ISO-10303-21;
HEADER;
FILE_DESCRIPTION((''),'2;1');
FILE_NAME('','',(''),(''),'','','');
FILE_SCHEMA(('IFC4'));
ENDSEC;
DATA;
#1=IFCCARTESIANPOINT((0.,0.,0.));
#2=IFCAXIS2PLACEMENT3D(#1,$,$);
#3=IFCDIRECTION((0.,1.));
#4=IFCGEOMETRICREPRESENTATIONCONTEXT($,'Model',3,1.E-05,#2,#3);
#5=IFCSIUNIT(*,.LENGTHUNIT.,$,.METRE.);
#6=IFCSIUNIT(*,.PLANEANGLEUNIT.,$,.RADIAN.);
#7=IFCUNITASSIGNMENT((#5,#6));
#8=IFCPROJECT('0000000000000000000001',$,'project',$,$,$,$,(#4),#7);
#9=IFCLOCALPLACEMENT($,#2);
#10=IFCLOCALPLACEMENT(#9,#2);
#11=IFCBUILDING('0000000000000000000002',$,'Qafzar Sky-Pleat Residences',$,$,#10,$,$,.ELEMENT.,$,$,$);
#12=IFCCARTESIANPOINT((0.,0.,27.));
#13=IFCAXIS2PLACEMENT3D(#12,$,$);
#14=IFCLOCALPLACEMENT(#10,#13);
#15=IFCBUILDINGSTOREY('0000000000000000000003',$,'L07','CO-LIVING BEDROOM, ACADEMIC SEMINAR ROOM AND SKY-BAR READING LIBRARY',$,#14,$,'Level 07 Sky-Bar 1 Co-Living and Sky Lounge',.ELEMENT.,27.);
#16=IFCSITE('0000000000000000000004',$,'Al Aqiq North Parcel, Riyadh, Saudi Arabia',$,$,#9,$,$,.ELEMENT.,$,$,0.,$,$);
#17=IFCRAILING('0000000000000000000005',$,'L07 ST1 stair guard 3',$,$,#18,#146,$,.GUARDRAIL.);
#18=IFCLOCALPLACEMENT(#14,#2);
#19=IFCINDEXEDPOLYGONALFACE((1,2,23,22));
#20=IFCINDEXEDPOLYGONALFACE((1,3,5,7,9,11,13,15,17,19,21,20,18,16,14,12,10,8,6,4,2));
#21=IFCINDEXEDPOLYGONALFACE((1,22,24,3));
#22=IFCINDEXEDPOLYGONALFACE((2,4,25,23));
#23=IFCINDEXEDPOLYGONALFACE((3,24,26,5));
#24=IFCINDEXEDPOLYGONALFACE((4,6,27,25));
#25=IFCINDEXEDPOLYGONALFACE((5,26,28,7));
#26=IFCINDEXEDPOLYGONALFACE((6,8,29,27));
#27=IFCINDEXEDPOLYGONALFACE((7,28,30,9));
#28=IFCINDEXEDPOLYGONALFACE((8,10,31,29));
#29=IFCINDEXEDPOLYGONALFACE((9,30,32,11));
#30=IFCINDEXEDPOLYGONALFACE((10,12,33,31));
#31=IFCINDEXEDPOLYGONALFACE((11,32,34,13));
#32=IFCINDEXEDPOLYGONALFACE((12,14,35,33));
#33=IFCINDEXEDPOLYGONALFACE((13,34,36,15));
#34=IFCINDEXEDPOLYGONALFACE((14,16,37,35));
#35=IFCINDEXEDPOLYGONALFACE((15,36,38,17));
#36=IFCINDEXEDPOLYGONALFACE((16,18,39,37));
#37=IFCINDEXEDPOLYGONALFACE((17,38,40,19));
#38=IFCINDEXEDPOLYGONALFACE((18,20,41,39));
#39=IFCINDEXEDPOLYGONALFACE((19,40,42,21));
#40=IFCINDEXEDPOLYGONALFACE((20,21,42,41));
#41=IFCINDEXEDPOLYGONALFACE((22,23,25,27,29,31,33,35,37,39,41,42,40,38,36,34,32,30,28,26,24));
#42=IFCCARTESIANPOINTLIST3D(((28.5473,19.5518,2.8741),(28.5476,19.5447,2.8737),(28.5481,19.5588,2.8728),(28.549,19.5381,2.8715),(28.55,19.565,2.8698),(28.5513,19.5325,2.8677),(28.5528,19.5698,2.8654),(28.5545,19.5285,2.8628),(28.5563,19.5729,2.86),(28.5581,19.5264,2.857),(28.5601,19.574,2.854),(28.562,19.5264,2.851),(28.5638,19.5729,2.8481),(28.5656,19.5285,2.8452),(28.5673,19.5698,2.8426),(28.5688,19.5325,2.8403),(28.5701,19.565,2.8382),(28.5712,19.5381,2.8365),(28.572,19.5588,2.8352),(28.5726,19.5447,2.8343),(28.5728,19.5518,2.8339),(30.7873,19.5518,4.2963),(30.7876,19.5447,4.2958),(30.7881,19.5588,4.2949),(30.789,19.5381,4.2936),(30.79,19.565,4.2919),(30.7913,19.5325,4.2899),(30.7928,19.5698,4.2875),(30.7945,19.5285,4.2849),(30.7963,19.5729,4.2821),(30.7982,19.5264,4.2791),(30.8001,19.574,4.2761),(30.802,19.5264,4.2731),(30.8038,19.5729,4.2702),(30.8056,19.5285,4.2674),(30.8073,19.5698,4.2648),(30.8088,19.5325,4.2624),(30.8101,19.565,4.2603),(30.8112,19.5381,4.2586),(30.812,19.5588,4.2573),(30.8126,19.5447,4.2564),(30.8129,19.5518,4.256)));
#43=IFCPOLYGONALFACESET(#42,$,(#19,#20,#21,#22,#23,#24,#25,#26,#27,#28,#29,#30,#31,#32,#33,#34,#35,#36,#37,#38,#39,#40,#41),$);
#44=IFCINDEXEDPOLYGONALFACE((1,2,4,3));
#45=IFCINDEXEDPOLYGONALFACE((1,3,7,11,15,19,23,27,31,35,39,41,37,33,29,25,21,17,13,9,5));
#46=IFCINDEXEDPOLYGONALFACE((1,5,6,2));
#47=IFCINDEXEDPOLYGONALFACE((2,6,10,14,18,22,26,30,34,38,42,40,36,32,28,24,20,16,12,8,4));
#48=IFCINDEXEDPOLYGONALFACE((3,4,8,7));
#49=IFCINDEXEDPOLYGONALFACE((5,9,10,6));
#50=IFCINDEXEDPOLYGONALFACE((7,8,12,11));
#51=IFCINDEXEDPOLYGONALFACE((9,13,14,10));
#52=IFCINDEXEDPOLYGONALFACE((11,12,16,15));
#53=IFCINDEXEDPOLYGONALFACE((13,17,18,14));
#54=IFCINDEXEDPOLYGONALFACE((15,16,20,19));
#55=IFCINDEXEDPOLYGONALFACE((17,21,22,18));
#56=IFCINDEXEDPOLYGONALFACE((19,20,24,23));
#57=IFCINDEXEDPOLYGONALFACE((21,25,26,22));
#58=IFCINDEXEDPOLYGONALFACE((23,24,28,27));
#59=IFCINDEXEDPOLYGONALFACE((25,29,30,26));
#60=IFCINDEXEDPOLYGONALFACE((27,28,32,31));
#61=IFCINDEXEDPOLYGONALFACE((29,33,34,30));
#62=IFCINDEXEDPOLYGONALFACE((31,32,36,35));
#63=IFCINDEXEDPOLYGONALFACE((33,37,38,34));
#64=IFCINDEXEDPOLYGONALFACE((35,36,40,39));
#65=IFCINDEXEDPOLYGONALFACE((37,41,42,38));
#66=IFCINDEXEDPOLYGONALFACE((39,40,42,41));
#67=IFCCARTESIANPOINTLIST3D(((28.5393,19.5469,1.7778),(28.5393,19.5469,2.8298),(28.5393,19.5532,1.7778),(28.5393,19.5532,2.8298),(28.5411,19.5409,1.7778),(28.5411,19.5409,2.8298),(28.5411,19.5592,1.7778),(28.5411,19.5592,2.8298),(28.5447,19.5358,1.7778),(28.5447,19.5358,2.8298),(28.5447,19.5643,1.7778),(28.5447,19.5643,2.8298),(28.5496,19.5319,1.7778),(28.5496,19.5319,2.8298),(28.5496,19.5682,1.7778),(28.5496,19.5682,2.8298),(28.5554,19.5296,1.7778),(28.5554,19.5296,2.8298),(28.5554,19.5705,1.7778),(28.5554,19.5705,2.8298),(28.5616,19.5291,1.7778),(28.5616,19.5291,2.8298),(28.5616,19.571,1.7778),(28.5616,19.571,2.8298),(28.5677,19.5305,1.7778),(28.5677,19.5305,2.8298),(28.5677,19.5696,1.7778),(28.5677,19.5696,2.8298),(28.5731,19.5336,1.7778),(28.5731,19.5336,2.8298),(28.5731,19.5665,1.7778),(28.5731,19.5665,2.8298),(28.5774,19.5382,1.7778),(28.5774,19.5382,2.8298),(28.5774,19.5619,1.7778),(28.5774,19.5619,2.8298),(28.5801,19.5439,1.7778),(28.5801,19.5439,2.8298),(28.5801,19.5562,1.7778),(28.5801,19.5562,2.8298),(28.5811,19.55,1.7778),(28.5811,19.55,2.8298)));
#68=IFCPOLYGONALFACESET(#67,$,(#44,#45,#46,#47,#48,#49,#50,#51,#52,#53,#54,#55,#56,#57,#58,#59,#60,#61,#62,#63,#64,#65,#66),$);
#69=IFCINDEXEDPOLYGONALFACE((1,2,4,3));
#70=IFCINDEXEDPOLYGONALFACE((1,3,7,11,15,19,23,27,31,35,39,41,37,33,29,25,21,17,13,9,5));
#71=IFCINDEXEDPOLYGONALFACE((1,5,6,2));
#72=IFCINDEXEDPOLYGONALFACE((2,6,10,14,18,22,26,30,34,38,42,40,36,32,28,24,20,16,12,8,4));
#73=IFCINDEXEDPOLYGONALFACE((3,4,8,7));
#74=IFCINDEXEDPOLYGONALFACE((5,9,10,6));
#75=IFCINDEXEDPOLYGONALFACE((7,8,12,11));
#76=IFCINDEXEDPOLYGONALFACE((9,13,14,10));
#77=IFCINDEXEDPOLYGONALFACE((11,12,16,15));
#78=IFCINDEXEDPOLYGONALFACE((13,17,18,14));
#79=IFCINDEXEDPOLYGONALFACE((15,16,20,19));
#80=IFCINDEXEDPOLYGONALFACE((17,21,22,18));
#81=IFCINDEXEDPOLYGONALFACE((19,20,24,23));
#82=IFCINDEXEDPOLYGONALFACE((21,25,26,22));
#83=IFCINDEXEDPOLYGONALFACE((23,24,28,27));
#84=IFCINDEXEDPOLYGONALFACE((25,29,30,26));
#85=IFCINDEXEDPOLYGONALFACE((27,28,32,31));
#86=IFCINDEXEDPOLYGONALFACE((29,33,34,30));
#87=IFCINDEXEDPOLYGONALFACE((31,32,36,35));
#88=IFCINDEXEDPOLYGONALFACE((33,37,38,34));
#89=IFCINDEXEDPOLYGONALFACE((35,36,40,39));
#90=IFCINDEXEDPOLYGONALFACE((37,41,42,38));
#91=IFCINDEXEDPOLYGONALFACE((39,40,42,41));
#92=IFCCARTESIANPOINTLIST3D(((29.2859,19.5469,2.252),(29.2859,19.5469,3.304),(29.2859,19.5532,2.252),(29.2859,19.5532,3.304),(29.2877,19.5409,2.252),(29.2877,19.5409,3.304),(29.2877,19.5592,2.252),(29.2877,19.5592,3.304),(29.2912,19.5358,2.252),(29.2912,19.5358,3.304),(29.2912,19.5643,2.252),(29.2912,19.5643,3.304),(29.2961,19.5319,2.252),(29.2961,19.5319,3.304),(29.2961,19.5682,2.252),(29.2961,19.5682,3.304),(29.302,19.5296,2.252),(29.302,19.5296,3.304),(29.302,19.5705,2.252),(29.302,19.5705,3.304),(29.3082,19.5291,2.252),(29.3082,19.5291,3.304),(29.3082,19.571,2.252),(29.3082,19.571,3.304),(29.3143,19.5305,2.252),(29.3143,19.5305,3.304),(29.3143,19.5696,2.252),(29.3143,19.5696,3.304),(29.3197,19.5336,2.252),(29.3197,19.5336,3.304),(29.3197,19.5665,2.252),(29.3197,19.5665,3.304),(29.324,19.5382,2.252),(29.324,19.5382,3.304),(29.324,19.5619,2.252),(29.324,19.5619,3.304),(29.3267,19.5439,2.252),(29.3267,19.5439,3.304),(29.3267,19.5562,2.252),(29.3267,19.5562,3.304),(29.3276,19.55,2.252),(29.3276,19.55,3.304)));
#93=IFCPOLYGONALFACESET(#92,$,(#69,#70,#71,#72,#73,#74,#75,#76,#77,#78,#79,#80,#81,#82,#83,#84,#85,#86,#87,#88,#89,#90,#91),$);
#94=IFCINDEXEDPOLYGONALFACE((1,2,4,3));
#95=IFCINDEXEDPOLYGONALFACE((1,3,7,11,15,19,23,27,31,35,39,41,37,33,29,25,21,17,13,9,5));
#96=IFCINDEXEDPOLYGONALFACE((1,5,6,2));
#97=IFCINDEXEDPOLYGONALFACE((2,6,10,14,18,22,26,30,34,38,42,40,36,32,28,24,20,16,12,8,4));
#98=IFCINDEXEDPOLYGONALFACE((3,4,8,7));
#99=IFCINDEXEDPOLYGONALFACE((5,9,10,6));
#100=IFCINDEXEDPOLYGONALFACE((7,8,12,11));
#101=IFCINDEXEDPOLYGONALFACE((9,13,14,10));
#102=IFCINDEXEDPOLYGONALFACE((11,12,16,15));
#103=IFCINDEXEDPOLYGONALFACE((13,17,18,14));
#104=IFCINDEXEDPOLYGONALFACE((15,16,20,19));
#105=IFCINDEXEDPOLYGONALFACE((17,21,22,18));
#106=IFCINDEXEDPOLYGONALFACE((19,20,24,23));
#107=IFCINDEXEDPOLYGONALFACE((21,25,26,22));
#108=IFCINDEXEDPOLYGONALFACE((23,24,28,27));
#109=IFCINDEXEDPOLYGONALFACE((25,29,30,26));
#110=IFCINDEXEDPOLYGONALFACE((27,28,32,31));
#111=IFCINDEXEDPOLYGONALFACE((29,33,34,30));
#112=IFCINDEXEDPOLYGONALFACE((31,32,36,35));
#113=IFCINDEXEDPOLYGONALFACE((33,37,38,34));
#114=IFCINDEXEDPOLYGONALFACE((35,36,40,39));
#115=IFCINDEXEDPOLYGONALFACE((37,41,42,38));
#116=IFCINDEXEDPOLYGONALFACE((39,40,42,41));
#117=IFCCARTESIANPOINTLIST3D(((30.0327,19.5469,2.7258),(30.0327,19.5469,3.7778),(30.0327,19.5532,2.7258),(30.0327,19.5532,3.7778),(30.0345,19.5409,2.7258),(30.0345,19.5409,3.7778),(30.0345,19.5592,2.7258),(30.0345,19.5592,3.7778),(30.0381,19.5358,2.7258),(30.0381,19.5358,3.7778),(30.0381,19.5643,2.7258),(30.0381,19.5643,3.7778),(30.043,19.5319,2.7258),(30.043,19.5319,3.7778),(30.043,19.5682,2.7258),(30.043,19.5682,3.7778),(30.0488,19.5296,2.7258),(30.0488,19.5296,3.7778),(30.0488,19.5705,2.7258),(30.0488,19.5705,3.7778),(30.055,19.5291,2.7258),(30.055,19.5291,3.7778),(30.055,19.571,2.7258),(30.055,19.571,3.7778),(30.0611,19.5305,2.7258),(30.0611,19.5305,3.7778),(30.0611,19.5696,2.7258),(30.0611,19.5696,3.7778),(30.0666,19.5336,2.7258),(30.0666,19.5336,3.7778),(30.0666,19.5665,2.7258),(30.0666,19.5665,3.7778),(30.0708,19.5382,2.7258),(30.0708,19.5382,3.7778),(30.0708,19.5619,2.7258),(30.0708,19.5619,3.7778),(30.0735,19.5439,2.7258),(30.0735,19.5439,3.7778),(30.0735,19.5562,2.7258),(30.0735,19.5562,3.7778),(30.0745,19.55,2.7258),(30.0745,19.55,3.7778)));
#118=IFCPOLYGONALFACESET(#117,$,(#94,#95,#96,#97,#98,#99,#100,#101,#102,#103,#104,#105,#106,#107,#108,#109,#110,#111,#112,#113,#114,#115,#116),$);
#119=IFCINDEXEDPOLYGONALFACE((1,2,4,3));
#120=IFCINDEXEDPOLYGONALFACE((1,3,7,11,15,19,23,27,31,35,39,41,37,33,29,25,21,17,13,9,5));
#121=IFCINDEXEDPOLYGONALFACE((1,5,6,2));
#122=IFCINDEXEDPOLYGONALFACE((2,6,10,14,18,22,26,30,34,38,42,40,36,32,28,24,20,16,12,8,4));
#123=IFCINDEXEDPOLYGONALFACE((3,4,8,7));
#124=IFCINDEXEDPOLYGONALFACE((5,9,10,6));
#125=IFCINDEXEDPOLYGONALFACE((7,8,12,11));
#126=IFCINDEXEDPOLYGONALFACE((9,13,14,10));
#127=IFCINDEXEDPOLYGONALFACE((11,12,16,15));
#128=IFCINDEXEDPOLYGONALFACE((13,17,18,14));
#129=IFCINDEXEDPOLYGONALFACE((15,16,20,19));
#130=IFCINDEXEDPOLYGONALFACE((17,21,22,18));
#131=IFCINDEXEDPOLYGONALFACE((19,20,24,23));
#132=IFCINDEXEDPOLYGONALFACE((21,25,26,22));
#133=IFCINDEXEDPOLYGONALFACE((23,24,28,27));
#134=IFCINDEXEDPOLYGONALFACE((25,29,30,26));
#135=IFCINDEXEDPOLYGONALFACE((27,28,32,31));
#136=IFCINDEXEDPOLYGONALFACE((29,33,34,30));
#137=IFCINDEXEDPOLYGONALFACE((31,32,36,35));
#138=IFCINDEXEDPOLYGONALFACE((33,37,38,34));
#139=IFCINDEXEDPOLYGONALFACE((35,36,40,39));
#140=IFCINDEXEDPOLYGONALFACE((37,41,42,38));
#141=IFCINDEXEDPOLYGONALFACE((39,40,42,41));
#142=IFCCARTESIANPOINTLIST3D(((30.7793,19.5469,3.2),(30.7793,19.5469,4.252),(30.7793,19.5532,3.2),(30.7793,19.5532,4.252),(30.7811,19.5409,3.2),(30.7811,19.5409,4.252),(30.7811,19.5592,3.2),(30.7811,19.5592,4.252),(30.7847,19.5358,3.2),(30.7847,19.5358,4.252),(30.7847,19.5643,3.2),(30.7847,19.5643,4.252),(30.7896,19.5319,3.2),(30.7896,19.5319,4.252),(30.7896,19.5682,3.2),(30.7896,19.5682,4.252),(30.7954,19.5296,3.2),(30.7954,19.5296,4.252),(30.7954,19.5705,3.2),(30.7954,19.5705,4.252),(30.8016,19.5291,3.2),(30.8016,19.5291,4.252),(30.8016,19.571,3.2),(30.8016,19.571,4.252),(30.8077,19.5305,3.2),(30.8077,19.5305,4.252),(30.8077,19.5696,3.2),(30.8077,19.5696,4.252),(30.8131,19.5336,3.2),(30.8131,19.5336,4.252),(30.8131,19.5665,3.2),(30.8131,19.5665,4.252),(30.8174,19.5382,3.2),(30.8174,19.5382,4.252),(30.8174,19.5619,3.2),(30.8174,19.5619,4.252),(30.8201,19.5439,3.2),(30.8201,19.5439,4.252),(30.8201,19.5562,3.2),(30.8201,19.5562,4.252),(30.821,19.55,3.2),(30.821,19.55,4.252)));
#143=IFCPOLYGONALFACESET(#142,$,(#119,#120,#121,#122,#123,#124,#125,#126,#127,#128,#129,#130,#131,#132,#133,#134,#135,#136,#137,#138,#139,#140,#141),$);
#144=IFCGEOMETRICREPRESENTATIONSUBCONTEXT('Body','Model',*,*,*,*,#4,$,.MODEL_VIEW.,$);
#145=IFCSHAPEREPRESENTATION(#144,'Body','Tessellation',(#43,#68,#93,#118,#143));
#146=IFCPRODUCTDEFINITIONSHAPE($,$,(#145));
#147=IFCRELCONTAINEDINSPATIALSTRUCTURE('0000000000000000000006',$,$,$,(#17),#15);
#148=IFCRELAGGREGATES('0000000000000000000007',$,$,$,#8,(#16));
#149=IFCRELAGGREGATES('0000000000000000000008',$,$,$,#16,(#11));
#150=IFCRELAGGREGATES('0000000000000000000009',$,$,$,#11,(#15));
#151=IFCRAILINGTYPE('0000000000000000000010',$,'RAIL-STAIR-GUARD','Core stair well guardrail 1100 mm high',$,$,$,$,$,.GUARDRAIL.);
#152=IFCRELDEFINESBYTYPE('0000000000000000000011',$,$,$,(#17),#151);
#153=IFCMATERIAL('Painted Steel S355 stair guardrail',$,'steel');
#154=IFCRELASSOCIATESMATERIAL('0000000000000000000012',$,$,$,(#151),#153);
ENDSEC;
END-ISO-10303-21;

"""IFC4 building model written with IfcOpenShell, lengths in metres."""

from ifc_helpers import new_model, si_unit, direction, frame, origin, origin_2d, place, context, subcontext, project, spatial, circle, extrude, source, transform, mapped, material, type_object, element, save


model = new_model("IFC4")

# Units and contexts
model_context = context("Model", 3, precision=1e-05, world=origin(), true_north=direction((0.0, 1.0)))
body_context = subcontext(model_context, "Body", "Model", "MODEL_VIEW")
ifc_project = project(units=[si_unit("LENGTHUNIT", "METRE"), si_unit("PLANEANGLEUNIT", "RADIAN")], contexts=[model_context])

# Site, building, storey
site_placement = place(None, origin())
site = spatial("IfcSite", under=ifc_project, at=site_placement, Name="Al Aqiq North Parcel, Riyadh, Saudi Arabia", CompositionType="ELEMENT", RefElevation=0.0)
building_placement = place(site_placement, origin())
building = spatial("IfcBuilding", under=site, at=building_placement, Name="Qafzar Sky-Pleat Residences", CompositionType="ELEMENT")
storey_placement = place(building_placement, frame((0.0, 0.0, 27.0)))
storey = spatial("IfcBuildingStorey", under=building, at=storey_placement, Name="L07", Description="CO-LIVING BEDROOM, ACADEMIC SEMINAR ROOM AND SKY-BAR READING LIBRARY", LongName="Level 07 Sky-Bar 1 Co-Living and Sky Lounge", CompositionType="ELEMENT", Elevation=27.0)

# Railing
ifc_material_1 = material(Name="Painted Steel S355 stair guardrail", Category="steel")
railing_type_1 = type_object("IfcRailingType", Name="RAIL-STAIR-GUARD", Description="Core stair well guardrail 1100 mm high", PredefinedType="GUARDRAIL", material=ifc_material_1)
shared_shape_1 = source(origin(), body_context, "Body", "SweptSolid", [
    extrude(circle(Radius=0.0239, at=origin_2d()), frame((0.0, 0.0, 1.0762), z_axis=(0.844229, 0.0, 0.535982), x_axis=(0.0, 1.0, 0.0)), (0.0, 0.0, 1.0), 2.6533),
    extrude(circle(Radius=0.021, at=origin_2d()), origin(), (0.0, 0.0, 1.0), 1.052),
    extrude(circle(Radius=0.021, at=origin_2d()), frame((0.7466, 0.0, 0.4741)), (0.0, 0.0, 1.0), 1.052),
    extrude(circle(Radius=0.021, at=origin_2d()), frame((1.4934, 0.0, 0.948)), (0.0, 0.0, 1.0), 1.052),
    extrude(circle(Radius=0.021, at=origin_2d()), frame((2.24, 0.0, 1.4221)), (0.0, 0.0, 1.0), 1.052),
])
railing_1_placement = place(storey_placement, frame((28.5601, 19.55, 1.7778)))
element("IfcRailing", 1, at=railing_1_placement, inside=storey, type_object=railing_type_1, Name="L07 ST1 stair guard 3", PredefinedType="GUARDRAIL", context=body_context, shape_type="MappedRepresentation", body=[
    mapped(shared_shape_1, transform((0.0, 0.0, 0.0), x_axis=(1.0, 0.0, 0.0), y_axis=(0.0, 1.0, 0.0), z_axis=(0.0, 0.0, 1.0), scale=1.0)),
])

save(model, "model.ifc")
